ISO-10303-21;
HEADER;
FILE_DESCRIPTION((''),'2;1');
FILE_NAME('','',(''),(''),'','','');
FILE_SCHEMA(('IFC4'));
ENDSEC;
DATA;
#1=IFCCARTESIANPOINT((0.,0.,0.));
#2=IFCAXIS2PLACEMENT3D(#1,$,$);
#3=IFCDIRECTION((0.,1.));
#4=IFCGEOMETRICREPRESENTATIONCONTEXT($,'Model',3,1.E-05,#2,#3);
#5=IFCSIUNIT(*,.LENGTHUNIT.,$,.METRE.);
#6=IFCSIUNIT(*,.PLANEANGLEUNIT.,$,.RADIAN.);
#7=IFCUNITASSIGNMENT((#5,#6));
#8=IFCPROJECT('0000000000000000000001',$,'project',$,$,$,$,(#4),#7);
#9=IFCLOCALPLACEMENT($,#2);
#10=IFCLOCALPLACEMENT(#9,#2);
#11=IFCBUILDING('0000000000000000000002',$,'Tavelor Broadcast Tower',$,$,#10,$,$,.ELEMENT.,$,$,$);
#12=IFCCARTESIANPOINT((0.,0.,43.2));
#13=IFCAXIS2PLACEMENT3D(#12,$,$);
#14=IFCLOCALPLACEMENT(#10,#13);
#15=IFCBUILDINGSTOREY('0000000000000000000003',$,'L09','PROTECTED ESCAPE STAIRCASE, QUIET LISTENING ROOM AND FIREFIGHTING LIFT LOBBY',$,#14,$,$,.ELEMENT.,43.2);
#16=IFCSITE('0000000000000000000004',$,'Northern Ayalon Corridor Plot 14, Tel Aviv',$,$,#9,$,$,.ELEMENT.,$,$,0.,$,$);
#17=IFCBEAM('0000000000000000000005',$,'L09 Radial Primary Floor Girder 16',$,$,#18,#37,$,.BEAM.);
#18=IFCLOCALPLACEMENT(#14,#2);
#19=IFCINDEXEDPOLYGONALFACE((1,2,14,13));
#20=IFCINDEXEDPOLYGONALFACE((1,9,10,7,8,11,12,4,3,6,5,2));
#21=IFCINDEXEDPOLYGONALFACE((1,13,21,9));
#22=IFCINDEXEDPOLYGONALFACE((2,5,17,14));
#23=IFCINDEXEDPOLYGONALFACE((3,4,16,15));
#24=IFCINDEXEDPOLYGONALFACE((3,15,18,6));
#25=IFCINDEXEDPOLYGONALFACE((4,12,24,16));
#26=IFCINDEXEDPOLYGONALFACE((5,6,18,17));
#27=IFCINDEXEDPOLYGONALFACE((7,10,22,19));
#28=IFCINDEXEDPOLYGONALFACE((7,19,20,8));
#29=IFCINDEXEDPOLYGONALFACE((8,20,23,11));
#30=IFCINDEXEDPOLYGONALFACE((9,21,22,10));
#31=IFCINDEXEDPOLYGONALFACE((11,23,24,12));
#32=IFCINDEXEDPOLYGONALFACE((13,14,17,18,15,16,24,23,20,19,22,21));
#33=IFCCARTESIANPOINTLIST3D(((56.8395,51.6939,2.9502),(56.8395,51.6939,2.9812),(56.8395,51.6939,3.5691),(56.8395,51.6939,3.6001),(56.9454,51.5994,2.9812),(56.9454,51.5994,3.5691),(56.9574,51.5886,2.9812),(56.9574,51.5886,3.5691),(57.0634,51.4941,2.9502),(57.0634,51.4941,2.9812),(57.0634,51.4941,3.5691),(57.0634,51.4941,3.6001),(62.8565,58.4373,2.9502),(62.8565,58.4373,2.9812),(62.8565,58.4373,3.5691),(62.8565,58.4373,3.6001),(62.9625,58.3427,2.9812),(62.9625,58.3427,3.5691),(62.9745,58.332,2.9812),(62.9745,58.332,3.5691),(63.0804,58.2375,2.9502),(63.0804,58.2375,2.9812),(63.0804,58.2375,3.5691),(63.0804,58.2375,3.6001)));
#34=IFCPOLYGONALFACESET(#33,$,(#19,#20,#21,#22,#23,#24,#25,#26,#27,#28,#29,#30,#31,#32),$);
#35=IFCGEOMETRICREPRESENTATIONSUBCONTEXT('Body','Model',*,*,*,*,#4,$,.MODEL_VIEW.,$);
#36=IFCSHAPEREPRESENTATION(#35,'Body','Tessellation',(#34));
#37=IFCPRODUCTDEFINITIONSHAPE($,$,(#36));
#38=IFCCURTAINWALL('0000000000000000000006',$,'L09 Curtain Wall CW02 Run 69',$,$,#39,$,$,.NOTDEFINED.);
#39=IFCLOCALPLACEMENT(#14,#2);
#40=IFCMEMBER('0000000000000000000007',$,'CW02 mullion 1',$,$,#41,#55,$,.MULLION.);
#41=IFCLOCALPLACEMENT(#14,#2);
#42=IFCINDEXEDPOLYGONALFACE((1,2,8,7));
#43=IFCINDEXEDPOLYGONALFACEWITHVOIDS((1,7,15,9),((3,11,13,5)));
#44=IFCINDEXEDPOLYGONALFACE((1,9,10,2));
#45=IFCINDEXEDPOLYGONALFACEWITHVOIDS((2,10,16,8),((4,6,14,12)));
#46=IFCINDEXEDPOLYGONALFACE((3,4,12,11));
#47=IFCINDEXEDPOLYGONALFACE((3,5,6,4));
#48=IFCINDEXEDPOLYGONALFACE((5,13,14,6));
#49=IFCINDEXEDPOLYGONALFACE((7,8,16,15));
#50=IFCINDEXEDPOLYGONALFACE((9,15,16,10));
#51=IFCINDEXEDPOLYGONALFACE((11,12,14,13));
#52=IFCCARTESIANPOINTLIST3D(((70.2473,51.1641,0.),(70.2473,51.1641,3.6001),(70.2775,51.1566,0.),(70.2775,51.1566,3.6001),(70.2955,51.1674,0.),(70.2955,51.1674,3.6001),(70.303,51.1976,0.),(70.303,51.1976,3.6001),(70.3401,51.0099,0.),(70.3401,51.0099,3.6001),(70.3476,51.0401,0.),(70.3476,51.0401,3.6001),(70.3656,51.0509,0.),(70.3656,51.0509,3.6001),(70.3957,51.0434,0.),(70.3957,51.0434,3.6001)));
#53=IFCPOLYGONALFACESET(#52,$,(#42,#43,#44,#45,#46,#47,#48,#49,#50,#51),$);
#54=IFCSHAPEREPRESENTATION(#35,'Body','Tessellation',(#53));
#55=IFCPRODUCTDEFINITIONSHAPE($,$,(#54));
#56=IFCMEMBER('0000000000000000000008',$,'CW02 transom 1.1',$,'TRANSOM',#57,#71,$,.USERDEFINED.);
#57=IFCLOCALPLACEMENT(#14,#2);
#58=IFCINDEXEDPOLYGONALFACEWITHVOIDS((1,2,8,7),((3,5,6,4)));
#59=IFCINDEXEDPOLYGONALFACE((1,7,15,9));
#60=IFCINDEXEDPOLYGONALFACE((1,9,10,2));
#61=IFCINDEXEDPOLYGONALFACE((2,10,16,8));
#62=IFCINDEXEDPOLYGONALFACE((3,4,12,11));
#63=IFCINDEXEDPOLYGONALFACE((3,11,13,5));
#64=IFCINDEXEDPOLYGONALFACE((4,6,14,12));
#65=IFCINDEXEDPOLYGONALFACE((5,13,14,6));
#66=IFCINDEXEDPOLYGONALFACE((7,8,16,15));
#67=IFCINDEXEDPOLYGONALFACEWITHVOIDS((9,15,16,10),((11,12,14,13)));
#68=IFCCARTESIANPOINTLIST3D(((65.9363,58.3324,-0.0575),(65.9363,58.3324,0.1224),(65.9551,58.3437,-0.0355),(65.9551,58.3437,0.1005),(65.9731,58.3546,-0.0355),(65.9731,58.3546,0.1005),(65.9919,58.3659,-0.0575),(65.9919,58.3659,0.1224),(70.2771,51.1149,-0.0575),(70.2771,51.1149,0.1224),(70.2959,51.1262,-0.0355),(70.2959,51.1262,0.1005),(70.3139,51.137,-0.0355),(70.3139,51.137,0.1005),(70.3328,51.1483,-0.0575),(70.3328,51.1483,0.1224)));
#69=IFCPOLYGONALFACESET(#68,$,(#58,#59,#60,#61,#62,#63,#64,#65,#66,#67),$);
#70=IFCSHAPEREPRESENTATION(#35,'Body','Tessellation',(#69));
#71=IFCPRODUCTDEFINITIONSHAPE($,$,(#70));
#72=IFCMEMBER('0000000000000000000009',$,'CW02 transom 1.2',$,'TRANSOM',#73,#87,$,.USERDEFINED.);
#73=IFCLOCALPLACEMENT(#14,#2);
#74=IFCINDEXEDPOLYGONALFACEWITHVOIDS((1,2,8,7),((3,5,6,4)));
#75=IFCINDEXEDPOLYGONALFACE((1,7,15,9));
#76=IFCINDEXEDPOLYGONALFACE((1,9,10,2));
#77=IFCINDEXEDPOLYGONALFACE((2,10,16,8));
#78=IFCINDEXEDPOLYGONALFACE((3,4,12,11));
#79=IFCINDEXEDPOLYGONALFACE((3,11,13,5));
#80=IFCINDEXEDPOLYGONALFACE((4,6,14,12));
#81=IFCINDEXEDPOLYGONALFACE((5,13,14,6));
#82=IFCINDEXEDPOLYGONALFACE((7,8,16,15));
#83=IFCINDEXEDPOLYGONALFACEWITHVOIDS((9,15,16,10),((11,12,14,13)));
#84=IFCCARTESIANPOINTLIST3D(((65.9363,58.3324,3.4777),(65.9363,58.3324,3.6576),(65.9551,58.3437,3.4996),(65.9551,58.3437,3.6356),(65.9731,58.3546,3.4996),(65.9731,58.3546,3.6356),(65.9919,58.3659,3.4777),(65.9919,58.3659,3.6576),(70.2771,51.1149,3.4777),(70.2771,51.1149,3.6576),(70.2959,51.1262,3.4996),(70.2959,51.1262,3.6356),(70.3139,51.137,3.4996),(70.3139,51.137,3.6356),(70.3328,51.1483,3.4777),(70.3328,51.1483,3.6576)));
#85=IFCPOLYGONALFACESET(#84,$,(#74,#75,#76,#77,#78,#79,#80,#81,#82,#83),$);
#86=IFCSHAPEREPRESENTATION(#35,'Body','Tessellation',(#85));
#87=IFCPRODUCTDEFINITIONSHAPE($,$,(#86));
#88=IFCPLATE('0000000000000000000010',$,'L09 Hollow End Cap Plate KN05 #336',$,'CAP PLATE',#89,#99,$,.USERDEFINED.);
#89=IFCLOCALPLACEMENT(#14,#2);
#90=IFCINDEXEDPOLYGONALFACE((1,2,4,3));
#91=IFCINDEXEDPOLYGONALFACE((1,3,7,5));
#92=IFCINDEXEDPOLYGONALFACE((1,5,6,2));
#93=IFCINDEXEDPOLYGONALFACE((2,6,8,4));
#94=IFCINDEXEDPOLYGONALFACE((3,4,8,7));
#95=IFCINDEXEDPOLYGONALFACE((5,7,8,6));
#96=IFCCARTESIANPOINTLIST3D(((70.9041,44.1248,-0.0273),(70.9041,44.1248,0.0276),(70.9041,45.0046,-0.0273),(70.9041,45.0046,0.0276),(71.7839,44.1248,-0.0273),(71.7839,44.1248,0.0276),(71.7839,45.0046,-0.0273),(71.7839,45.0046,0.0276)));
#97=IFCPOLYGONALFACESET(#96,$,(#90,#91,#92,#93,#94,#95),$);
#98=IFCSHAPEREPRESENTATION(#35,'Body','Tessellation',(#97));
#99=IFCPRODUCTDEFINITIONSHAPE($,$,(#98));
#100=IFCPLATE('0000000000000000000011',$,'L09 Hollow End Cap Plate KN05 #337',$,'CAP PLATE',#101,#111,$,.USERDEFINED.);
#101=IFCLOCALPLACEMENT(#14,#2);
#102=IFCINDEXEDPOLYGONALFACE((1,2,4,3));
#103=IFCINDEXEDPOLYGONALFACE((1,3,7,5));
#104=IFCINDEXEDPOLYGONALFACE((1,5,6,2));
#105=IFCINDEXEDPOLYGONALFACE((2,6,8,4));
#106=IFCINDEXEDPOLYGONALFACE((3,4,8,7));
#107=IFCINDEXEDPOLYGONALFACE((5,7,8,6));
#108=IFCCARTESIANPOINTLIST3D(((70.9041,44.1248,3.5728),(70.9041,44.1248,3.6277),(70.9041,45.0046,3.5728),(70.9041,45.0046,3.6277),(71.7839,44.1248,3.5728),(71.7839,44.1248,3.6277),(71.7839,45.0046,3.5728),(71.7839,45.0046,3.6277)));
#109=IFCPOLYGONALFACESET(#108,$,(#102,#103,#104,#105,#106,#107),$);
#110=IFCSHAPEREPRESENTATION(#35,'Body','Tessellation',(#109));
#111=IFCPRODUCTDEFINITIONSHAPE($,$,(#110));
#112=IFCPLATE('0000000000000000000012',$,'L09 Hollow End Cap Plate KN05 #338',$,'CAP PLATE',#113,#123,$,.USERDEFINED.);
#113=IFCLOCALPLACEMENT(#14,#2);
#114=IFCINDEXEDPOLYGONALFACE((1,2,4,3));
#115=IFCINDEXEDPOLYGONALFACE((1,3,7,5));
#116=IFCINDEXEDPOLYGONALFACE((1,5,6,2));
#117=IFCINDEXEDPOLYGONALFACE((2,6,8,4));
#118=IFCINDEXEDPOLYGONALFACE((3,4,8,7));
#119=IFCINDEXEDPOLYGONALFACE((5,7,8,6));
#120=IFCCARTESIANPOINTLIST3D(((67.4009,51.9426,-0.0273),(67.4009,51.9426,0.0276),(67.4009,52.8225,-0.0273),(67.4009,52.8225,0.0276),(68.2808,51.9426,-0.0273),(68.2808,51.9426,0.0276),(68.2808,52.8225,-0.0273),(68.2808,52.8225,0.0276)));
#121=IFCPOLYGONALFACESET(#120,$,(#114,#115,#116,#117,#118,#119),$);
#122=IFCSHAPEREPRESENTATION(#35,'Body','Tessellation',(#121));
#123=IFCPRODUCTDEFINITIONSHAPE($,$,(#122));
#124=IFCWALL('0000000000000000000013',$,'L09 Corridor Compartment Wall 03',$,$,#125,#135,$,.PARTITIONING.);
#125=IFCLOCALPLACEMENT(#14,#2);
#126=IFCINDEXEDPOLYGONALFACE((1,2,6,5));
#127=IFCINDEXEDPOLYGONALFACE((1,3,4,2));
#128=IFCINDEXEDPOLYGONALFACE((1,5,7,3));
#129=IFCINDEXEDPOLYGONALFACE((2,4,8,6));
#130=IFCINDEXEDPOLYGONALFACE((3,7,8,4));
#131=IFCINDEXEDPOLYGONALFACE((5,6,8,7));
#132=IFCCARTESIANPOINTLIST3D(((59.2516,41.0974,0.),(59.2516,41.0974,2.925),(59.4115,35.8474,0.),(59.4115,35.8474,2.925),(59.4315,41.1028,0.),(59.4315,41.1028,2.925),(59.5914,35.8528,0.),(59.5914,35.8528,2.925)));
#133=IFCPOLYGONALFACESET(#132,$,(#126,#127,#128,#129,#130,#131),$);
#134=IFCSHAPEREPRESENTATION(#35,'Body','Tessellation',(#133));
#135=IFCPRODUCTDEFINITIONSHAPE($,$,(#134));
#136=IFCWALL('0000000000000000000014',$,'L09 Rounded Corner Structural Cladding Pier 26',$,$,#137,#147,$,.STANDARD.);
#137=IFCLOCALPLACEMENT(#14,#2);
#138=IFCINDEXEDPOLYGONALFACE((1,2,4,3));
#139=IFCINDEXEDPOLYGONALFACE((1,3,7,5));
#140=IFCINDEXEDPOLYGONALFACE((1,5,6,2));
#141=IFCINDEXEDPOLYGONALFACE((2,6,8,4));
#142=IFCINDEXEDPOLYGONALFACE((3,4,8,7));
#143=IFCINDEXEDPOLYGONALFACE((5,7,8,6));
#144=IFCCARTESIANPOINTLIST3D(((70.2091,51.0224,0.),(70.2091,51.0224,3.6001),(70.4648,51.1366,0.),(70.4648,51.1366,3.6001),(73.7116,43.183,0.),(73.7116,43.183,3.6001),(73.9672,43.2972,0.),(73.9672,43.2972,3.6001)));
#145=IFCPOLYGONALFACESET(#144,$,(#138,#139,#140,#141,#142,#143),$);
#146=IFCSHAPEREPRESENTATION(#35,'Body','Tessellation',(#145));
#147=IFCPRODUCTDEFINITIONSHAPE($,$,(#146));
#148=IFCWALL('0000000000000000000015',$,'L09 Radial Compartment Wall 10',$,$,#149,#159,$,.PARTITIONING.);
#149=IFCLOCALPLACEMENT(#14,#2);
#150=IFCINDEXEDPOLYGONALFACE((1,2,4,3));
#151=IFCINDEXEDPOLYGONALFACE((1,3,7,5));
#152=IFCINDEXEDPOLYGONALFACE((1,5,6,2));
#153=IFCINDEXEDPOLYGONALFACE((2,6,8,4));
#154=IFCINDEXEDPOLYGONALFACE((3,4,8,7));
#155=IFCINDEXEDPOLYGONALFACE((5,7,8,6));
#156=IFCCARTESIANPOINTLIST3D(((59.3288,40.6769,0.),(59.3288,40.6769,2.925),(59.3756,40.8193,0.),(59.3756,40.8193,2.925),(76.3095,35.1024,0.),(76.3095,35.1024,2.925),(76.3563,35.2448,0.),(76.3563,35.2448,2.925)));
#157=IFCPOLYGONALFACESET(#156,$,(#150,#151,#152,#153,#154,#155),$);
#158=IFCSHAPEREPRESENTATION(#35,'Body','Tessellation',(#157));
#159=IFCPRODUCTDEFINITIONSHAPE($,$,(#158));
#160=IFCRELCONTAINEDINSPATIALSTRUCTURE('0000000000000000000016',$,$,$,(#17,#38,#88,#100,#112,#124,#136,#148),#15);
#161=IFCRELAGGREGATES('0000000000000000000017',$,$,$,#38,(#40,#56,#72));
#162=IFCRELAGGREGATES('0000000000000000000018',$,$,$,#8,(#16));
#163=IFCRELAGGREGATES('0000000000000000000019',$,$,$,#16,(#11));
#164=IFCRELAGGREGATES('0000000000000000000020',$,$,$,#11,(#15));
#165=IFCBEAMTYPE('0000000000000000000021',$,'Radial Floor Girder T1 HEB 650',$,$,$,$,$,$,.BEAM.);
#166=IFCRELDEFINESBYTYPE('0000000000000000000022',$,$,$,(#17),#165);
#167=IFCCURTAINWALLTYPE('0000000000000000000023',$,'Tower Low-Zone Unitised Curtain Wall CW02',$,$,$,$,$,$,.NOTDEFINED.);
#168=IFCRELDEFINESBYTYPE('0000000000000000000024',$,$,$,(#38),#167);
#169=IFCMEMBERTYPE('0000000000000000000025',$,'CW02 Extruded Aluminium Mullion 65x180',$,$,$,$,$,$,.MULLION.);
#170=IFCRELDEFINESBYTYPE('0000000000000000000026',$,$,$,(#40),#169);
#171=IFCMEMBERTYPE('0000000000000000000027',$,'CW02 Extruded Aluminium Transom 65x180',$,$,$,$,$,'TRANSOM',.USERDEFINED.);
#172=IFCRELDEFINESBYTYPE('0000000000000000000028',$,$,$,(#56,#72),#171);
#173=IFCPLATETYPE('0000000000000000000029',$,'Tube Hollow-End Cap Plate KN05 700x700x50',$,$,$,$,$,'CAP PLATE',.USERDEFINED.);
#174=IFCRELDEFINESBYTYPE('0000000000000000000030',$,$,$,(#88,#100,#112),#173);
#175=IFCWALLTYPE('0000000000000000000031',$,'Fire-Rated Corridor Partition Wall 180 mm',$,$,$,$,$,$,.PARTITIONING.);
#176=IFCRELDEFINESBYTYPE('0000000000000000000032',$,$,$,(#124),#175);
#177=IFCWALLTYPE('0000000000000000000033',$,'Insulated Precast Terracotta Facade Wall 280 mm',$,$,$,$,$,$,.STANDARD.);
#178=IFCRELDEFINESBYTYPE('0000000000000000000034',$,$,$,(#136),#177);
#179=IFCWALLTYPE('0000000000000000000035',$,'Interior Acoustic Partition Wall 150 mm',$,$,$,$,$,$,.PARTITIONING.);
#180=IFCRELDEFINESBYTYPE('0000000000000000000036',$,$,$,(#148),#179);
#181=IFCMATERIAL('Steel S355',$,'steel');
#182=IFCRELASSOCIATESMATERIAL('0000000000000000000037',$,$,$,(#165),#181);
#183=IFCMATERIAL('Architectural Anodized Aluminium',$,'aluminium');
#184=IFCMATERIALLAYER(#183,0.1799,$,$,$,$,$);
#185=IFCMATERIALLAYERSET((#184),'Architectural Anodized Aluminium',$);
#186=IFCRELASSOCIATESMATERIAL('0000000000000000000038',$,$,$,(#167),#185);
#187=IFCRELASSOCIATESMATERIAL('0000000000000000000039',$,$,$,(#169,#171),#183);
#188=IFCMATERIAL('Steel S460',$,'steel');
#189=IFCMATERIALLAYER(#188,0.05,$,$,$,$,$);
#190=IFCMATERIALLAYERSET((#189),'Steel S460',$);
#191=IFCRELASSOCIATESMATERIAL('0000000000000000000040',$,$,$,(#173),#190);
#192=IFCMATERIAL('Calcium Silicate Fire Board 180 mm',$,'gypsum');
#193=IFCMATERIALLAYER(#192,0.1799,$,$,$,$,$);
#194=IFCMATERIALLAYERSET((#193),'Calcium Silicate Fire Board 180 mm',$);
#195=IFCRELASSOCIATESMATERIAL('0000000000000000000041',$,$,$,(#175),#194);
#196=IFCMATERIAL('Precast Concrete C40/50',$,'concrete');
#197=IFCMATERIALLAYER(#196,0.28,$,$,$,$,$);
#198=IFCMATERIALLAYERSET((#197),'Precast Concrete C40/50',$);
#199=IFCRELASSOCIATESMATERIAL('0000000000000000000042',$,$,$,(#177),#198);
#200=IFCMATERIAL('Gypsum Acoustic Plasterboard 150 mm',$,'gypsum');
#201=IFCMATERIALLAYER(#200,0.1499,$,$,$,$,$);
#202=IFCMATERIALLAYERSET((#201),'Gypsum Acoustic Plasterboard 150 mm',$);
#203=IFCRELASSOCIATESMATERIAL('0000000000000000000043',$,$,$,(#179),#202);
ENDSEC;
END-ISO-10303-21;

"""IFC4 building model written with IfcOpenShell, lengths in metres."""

from ifc_helpers import new_model, si_unit, direction, frame, frame_2d, origin, origin_2d, place, context, subcontext, project, spatial, rectangle, hollow_rectangle, i_section, extrude, source, transform, mapped, material, layer, layer_set, material_profile, profile_set, type_object, type_shapes, element, aggregate, save


model = new_model("IFC4")

# Units and contexts
model_context = context("Model", 3, precision=1e-05, world=origin(), true_north=direction((0.0, 1.0)))
body_context = subcontext(model_context, "Body", "Model", "MODEL_VIEW")
ifc_project = project(units=[si_unit("LENGTHUNIT", "METRE"), si_unit("PLANEANGLEUNIT", "RADIAN")], contexts=[model_context])

# Site, building, storey
site_placement = place(None, origin())
site = spatial("IfcSite", under=ifc_project, at=site_placement, Name="Northern Ayalon Corridor Plot 14, Tel Aviv", CompositionType="ELEMENT", RefElevation=0.0)
building_placement = place(site_placement, origin())
building = spatial("IfcBuilding", under=site, at=building_placement, Name="Tavelor Broadcast Tower", CompositionType="ELEMENT")
storey_placement = place(building_placement, frame((0.0, 0.0, 43.2)))
storey = spatial("IfcBuildingStorey", under=building, at=storey_placement, Name="L09", Description="PROTECTED ESCAPE STAIRCASE, QUIET LISTENING ROOM AND FIREFIGHTING LIFT LOBBY", CompositionType="ELEMENT", Elevation=43.2)

# Shared definitions
ifc_material_1 = material(Name="Steel S460", Category="steel")

# Shared definitions
ifc_material_2 = material(Name="Steel S355", Category="steel")

# Beam
ifc_material_profile_1 = material_profile(ifc_material_2, i_section(OverallWidth=0.3, OverallDepth=0.6499, WebThickness=0.0161, FlangeThickness=0.031, at=origin_2d()), Name="HEB 650")
ifc_profile_set_1 = profile_set([ifc_material_profile_1], Name="Steel S355")
beam_type_1 = type_object("IfcBeamType", Name="Radial Floor Girder T1 HEB 650", PredefinedType="BEAM", material=ifc_profile_set_1)
beam_1_placement = place(storey_placement, frame((56.9514, 51.594, 3.2751), z_axis=(0.665781, 0.746147, 0.0), x_axis=(-0.746147, 0.665781, 0.0)))
element("IfcBeam", 1, at=beam_1_placement, inside=storey, type_object=beam_type_1, Name="L09 Radial Primary Floor Girder 16", PredefinedType="BEAM", context=body_context, shape_type="SweptSolid", body=[
    extrude(i_section(OverallWidth=0.3, OverallDepth=0.6499, WebThickness=0.0161, FlangeThickness=0.031, at=origin_2d()), origin(), (0.0, 0.0, 1.0), 9.0376),
])

# Curtain wall, members
ifc_material_3 = material(Name="Architectural Anodized Aluminium", Category="aluminium")
ifc_layer_1 = layer(ifc_material_3, 0.1799)
ifc_layer_set_1 = layer_set([ifc_layer_1], Name="Architectural Anodized Aluminium")
curtain_wall_type = type_object("IfcCurtainWallType", Name="Tower Low-Zone Unitised Curtain Wall CW02", PredefinedType="NOTDEFINED", material=ifc_layer_set_1)
curtain_wall_placement = place(storey_placement, origin())
curtain_wall = element("IfcCurtainWall", 2, at=curtain_wall_placement, inside=storey, type_object=curtain_wall_type, Name="L09 Curtain Wall CW02 Run 69", PredefinedType="NOTDEFINED")
ifc_material_profile_2 = material_profile(ifc_material_3, hollow_rectangle(XDim=0.0649, YDim=0.1799, WallThickness=0.022, at=origin_2d()), Name="RHS 65x180x22")
ifc_profile_set_2 = profile_set([ifc_material_profile_2], Name="Architectural Anodized Aluminium")
member_type_1 = type_object("IfcMemberType", Name="CW02 Extruded Aluminium Mullion 65x180", PredefinedType="MULLION", material=ifc_profile_set_2)
shared_shape_1 = source(origin(), body_context, "Body", "SweptSolid", [
    extrude(hollow_rectangle(XDim=0.0649, YDim=0.1799, WallThickness=0.022, at=origin_2d()), origin(), (0.0, 0.0, 1.0), 3.6001),
])
type_shapes(member_type_1, [shared_shape_1])
member_1_placement = place(storey_placement, frame((70.3215, 51.1038, 0.0), z_axis=(0.0, 0.0, 1.0), x_axis=(-0.856948, -0.515403, 0.0)))
member_1 = element("IfcMember", 3, at=member_1_placement, type_object=member_type_1, Name="CW02 mullion 1", PredefinedType="MULLION", context=body_context, shape_type="MappedRepresentation", body=[
    mapped(shared_shape_1, transform((0.0, 0.0, 0.0), scale=1.0)),
])
ifc_material_profile_3 = material_profile(ifc_material_3, hollow_rectangle(XDim=0.0649, YDim=0.1799, WallThickness=0.022, at=origin_2d()), Name="RHS 65x180x22")
ifc_profile_set_3 = profile_set([ifc_material_profile_3], Name="Architectural Anodized Aluminium")
member_type_2 = type_object("IfcMemberType", Name="CW02 Extruded Aluminium Transom 65x180", ElementType="TRANSOM", PredefinedType="USERDEFINED", material=ifc_profile_set_3)
shared_shape_2 = source(origin(), body_context, "Body", "SweptSolid", [
    extrude(hollow_rectangle(XDim=0.0649, YDim=0.1799, WallThickness=0.022, at=origin_2d()), origin(), (0.0, 0.0, 1.0), 8.4224),
])
type_shapes(member_type_2, [shared_shape_2])
member_2_placement = place(storey_placement, frame((70.3049, 51.1316, 0.0325), z_axis=(-0.515395, 0.856953, 0.0), x_axis=(-0.856953, -0.515395, 0.0)))
member_2 = element("IfcMember", 4, at=member_2_placement, type_object=member_type_2, Name="CW02 transom 1.1", ObjectType="TRANSOM", PredefinedType="USERDEFINED", context=body_context, shape_type="MappedRepresentation", body=[
    mapped(shared_shape_2, transform((0.0, 0.0, 0.0), scale=1.0)),
])
member_3_placement = place(storey_placement, frame((70.3049, 51.1316, 3.5676), z_axis=(-0.515395, 0.856953, 0.0), x_axis=(-0.856953, -0.515395, 0.0)))
member_3 = element("IfcMember", 5, at=member_3_placement, type_object=member_type_2, Name="CW02 transom 1.2", ObjectType="TRANSOM", PredefinedType="USERDEFINED", context=body_context, shape_type="MappedRepresentation", body=[
    mapped(shared_shape_2, transform((0.0, 0.0, 0.0), scale=1.0)),
])
aggregate(curtain_wall, [member_1, member_2, member_3])

# Plates
ifc_layer_2 = layer(ifc_material_1, 0.05)
ifc_layer_set_2 = layer_set([ifc_layer_2], Name="Steel S460")
plate_type = type_object("IfcPlateType", Name="Tube Hollow-End Cap Plate KN05 700x700x50", ElementType="CAP PLATE", PredefinedType="USERDEFINED", material=ifc_layer_set_2)
shared_shape_3 = source(origin(), body_context, "Body", "SweptSolid", [
    extrude(rectangle(XDim=0.8799, YDim=0.8799, at=origin_2d()), origin(), (0.0, 0.0, 1.0), 0.0549),
])
type_shapes(plate_type, [shared_shape_3])
for number, where, z_axis, x_axis, name in (
    (6, (71.344, 44.5647, -0.0273), (0.0, 0.0, 1.0), (1.0, 0.0, 0.0), "L09 Hollow End Cap Plate KN05 #336"),
    (7, (71.344, 44.5647, 3.5728), (0.0, 0.0, 1.0), (1.0, 0.0, 0.0), "L09 Hollow End Cap Plate KN05 #337"),
    (8, (67.8408, 52.3826, -0.0273), (0.0, 0.0, 1.0), (1.0, 0.0, 0.0), "L09 Hollow End Cap Plate KN05 #338"),
):
    element("IfcPlate", number, at=place(storey_placement, frame(where, z_axis=z_axis, x_axis=x_axis)), inside=storey, type_object=plate_type, Name=name, ObjectType="CAP PLATE", PredefinedType="USERDEFINED", context=body_context, shape_type="MappedRepresentation", body=[
        mapped(shared_shape_3, transform((0.0, 0.0, 0.0), scale=1.0)),
    ])

# Walls
ifc_material_4 = material(Name="Calcium Silicate Fire Board 180 mm", Category="gypsum")
ifc_layer_3 = layer(ifc_material_4, 0.1799)
ifc_layer_set_3 = layer_set([ifc_layer_3], Name="Calcium Silicate Fire Board 180 mm")
wall_type_1 = type_object("IfcWallType", Name="Fire-Rated Corridor Partition Wall 180 mm", PredefinedType="PARTITIONING", material=ifc_layer_set_3)
wall_1_placement = place(storey_placement, frame((59.3416, 41.1001, 0.0), z_axis=(0.0, 0.0, 1.0), x_axis=(0.030445, -0.999536, 0.0)))
element("IfcWall", 9, at=wall_1_placement, inside=storey, type_object=wall_type_1, Name="L09 Corridor Compartment Wall 03", PredefinedType="PARTITIONING", context=body_context, shape_type="SweptSolid", body=[
    extrude(rectangle(XDim=5.2524, YDim=0.1799, at=frame_2d((2.6262, 0.0))), origin(), (0.0, 0.0, 1.0), 2.925),
])
ifc_material_5 = material(Name="Precast Concrete C40/50", Category="concrete")
ifc_layer_4 = layer(ifc_material_5, 0.28)
ifc_layer_set_4 = layer_set([ifc_layer_4], Name="Precast Concrete C40/50")
wall_type_2 = type_object("IfcWallType", Name="Insulated Precast Terracotta Facade Wall 280 mm", PredefinedType="STANDARD", material=ifc_layer_set_4)
wall_2_placement = place(storey_placement, frame((73.8394, 43.2402, 0.0), z_axis=(0.0, 0.0, 1.0), x_axis=(-0.407916, 0.91302, 0.0)))
element("IfcWall", 10, at=wall_2_placement, inside=storey, type_object=wall_type_2, Name="L09 Rounded Corner Structural Cladding Pier 26", PredefinedType="STANDARD", context=body_context, shape_type="SweptSolid", body=[
    extrude(rectangle(XDim=8.5862, YDim=0.28, at=frame_2d((4.293, 0.0))), origin(), (0.0, 0.0, 1.0), 3.6001),
])
ifc_material_6 = material(Name="Gypsum Acoustic Plasterboard 150 mm", Category="gypsum")
ifc_layer_5 = layer(ifc_material_6, 0.1499)
ifc_layer_set_5 = layer_set([ifc_layer_5], Name="Gypsum Acoustic Plasterboard 150 mm")
wall_type_3 = type_object("IfcWallType", Name="Interior Acoustic Partition Wall 150 mm", PredefinedType="PARTITIONING", material=ifc_layer_set_5)
wall_3_placement = place(storey_placement, frame((59.3523, 40.748, 0.0), z_axis=(0.0, 0.0, 1.0), x_axis=(0.950113, -0.311905, 0.0)))
element("IfcWall", 11, at=wall_3_placement, inside=storey, type_object=wall_type_3, Name="L09 Radial Compartment Wall 10", PredefinedType="PARTITIONING", context=body_context, shape_type="SweptSolid", body=[
    extrude(rectangle(XDim=17.8723, YDim=0.1499, at=frame_2d((8.936, 0.0))), origin(), (0.0, 0.0, 1.0), 2.925),
])

save(model, "model.ifc")
